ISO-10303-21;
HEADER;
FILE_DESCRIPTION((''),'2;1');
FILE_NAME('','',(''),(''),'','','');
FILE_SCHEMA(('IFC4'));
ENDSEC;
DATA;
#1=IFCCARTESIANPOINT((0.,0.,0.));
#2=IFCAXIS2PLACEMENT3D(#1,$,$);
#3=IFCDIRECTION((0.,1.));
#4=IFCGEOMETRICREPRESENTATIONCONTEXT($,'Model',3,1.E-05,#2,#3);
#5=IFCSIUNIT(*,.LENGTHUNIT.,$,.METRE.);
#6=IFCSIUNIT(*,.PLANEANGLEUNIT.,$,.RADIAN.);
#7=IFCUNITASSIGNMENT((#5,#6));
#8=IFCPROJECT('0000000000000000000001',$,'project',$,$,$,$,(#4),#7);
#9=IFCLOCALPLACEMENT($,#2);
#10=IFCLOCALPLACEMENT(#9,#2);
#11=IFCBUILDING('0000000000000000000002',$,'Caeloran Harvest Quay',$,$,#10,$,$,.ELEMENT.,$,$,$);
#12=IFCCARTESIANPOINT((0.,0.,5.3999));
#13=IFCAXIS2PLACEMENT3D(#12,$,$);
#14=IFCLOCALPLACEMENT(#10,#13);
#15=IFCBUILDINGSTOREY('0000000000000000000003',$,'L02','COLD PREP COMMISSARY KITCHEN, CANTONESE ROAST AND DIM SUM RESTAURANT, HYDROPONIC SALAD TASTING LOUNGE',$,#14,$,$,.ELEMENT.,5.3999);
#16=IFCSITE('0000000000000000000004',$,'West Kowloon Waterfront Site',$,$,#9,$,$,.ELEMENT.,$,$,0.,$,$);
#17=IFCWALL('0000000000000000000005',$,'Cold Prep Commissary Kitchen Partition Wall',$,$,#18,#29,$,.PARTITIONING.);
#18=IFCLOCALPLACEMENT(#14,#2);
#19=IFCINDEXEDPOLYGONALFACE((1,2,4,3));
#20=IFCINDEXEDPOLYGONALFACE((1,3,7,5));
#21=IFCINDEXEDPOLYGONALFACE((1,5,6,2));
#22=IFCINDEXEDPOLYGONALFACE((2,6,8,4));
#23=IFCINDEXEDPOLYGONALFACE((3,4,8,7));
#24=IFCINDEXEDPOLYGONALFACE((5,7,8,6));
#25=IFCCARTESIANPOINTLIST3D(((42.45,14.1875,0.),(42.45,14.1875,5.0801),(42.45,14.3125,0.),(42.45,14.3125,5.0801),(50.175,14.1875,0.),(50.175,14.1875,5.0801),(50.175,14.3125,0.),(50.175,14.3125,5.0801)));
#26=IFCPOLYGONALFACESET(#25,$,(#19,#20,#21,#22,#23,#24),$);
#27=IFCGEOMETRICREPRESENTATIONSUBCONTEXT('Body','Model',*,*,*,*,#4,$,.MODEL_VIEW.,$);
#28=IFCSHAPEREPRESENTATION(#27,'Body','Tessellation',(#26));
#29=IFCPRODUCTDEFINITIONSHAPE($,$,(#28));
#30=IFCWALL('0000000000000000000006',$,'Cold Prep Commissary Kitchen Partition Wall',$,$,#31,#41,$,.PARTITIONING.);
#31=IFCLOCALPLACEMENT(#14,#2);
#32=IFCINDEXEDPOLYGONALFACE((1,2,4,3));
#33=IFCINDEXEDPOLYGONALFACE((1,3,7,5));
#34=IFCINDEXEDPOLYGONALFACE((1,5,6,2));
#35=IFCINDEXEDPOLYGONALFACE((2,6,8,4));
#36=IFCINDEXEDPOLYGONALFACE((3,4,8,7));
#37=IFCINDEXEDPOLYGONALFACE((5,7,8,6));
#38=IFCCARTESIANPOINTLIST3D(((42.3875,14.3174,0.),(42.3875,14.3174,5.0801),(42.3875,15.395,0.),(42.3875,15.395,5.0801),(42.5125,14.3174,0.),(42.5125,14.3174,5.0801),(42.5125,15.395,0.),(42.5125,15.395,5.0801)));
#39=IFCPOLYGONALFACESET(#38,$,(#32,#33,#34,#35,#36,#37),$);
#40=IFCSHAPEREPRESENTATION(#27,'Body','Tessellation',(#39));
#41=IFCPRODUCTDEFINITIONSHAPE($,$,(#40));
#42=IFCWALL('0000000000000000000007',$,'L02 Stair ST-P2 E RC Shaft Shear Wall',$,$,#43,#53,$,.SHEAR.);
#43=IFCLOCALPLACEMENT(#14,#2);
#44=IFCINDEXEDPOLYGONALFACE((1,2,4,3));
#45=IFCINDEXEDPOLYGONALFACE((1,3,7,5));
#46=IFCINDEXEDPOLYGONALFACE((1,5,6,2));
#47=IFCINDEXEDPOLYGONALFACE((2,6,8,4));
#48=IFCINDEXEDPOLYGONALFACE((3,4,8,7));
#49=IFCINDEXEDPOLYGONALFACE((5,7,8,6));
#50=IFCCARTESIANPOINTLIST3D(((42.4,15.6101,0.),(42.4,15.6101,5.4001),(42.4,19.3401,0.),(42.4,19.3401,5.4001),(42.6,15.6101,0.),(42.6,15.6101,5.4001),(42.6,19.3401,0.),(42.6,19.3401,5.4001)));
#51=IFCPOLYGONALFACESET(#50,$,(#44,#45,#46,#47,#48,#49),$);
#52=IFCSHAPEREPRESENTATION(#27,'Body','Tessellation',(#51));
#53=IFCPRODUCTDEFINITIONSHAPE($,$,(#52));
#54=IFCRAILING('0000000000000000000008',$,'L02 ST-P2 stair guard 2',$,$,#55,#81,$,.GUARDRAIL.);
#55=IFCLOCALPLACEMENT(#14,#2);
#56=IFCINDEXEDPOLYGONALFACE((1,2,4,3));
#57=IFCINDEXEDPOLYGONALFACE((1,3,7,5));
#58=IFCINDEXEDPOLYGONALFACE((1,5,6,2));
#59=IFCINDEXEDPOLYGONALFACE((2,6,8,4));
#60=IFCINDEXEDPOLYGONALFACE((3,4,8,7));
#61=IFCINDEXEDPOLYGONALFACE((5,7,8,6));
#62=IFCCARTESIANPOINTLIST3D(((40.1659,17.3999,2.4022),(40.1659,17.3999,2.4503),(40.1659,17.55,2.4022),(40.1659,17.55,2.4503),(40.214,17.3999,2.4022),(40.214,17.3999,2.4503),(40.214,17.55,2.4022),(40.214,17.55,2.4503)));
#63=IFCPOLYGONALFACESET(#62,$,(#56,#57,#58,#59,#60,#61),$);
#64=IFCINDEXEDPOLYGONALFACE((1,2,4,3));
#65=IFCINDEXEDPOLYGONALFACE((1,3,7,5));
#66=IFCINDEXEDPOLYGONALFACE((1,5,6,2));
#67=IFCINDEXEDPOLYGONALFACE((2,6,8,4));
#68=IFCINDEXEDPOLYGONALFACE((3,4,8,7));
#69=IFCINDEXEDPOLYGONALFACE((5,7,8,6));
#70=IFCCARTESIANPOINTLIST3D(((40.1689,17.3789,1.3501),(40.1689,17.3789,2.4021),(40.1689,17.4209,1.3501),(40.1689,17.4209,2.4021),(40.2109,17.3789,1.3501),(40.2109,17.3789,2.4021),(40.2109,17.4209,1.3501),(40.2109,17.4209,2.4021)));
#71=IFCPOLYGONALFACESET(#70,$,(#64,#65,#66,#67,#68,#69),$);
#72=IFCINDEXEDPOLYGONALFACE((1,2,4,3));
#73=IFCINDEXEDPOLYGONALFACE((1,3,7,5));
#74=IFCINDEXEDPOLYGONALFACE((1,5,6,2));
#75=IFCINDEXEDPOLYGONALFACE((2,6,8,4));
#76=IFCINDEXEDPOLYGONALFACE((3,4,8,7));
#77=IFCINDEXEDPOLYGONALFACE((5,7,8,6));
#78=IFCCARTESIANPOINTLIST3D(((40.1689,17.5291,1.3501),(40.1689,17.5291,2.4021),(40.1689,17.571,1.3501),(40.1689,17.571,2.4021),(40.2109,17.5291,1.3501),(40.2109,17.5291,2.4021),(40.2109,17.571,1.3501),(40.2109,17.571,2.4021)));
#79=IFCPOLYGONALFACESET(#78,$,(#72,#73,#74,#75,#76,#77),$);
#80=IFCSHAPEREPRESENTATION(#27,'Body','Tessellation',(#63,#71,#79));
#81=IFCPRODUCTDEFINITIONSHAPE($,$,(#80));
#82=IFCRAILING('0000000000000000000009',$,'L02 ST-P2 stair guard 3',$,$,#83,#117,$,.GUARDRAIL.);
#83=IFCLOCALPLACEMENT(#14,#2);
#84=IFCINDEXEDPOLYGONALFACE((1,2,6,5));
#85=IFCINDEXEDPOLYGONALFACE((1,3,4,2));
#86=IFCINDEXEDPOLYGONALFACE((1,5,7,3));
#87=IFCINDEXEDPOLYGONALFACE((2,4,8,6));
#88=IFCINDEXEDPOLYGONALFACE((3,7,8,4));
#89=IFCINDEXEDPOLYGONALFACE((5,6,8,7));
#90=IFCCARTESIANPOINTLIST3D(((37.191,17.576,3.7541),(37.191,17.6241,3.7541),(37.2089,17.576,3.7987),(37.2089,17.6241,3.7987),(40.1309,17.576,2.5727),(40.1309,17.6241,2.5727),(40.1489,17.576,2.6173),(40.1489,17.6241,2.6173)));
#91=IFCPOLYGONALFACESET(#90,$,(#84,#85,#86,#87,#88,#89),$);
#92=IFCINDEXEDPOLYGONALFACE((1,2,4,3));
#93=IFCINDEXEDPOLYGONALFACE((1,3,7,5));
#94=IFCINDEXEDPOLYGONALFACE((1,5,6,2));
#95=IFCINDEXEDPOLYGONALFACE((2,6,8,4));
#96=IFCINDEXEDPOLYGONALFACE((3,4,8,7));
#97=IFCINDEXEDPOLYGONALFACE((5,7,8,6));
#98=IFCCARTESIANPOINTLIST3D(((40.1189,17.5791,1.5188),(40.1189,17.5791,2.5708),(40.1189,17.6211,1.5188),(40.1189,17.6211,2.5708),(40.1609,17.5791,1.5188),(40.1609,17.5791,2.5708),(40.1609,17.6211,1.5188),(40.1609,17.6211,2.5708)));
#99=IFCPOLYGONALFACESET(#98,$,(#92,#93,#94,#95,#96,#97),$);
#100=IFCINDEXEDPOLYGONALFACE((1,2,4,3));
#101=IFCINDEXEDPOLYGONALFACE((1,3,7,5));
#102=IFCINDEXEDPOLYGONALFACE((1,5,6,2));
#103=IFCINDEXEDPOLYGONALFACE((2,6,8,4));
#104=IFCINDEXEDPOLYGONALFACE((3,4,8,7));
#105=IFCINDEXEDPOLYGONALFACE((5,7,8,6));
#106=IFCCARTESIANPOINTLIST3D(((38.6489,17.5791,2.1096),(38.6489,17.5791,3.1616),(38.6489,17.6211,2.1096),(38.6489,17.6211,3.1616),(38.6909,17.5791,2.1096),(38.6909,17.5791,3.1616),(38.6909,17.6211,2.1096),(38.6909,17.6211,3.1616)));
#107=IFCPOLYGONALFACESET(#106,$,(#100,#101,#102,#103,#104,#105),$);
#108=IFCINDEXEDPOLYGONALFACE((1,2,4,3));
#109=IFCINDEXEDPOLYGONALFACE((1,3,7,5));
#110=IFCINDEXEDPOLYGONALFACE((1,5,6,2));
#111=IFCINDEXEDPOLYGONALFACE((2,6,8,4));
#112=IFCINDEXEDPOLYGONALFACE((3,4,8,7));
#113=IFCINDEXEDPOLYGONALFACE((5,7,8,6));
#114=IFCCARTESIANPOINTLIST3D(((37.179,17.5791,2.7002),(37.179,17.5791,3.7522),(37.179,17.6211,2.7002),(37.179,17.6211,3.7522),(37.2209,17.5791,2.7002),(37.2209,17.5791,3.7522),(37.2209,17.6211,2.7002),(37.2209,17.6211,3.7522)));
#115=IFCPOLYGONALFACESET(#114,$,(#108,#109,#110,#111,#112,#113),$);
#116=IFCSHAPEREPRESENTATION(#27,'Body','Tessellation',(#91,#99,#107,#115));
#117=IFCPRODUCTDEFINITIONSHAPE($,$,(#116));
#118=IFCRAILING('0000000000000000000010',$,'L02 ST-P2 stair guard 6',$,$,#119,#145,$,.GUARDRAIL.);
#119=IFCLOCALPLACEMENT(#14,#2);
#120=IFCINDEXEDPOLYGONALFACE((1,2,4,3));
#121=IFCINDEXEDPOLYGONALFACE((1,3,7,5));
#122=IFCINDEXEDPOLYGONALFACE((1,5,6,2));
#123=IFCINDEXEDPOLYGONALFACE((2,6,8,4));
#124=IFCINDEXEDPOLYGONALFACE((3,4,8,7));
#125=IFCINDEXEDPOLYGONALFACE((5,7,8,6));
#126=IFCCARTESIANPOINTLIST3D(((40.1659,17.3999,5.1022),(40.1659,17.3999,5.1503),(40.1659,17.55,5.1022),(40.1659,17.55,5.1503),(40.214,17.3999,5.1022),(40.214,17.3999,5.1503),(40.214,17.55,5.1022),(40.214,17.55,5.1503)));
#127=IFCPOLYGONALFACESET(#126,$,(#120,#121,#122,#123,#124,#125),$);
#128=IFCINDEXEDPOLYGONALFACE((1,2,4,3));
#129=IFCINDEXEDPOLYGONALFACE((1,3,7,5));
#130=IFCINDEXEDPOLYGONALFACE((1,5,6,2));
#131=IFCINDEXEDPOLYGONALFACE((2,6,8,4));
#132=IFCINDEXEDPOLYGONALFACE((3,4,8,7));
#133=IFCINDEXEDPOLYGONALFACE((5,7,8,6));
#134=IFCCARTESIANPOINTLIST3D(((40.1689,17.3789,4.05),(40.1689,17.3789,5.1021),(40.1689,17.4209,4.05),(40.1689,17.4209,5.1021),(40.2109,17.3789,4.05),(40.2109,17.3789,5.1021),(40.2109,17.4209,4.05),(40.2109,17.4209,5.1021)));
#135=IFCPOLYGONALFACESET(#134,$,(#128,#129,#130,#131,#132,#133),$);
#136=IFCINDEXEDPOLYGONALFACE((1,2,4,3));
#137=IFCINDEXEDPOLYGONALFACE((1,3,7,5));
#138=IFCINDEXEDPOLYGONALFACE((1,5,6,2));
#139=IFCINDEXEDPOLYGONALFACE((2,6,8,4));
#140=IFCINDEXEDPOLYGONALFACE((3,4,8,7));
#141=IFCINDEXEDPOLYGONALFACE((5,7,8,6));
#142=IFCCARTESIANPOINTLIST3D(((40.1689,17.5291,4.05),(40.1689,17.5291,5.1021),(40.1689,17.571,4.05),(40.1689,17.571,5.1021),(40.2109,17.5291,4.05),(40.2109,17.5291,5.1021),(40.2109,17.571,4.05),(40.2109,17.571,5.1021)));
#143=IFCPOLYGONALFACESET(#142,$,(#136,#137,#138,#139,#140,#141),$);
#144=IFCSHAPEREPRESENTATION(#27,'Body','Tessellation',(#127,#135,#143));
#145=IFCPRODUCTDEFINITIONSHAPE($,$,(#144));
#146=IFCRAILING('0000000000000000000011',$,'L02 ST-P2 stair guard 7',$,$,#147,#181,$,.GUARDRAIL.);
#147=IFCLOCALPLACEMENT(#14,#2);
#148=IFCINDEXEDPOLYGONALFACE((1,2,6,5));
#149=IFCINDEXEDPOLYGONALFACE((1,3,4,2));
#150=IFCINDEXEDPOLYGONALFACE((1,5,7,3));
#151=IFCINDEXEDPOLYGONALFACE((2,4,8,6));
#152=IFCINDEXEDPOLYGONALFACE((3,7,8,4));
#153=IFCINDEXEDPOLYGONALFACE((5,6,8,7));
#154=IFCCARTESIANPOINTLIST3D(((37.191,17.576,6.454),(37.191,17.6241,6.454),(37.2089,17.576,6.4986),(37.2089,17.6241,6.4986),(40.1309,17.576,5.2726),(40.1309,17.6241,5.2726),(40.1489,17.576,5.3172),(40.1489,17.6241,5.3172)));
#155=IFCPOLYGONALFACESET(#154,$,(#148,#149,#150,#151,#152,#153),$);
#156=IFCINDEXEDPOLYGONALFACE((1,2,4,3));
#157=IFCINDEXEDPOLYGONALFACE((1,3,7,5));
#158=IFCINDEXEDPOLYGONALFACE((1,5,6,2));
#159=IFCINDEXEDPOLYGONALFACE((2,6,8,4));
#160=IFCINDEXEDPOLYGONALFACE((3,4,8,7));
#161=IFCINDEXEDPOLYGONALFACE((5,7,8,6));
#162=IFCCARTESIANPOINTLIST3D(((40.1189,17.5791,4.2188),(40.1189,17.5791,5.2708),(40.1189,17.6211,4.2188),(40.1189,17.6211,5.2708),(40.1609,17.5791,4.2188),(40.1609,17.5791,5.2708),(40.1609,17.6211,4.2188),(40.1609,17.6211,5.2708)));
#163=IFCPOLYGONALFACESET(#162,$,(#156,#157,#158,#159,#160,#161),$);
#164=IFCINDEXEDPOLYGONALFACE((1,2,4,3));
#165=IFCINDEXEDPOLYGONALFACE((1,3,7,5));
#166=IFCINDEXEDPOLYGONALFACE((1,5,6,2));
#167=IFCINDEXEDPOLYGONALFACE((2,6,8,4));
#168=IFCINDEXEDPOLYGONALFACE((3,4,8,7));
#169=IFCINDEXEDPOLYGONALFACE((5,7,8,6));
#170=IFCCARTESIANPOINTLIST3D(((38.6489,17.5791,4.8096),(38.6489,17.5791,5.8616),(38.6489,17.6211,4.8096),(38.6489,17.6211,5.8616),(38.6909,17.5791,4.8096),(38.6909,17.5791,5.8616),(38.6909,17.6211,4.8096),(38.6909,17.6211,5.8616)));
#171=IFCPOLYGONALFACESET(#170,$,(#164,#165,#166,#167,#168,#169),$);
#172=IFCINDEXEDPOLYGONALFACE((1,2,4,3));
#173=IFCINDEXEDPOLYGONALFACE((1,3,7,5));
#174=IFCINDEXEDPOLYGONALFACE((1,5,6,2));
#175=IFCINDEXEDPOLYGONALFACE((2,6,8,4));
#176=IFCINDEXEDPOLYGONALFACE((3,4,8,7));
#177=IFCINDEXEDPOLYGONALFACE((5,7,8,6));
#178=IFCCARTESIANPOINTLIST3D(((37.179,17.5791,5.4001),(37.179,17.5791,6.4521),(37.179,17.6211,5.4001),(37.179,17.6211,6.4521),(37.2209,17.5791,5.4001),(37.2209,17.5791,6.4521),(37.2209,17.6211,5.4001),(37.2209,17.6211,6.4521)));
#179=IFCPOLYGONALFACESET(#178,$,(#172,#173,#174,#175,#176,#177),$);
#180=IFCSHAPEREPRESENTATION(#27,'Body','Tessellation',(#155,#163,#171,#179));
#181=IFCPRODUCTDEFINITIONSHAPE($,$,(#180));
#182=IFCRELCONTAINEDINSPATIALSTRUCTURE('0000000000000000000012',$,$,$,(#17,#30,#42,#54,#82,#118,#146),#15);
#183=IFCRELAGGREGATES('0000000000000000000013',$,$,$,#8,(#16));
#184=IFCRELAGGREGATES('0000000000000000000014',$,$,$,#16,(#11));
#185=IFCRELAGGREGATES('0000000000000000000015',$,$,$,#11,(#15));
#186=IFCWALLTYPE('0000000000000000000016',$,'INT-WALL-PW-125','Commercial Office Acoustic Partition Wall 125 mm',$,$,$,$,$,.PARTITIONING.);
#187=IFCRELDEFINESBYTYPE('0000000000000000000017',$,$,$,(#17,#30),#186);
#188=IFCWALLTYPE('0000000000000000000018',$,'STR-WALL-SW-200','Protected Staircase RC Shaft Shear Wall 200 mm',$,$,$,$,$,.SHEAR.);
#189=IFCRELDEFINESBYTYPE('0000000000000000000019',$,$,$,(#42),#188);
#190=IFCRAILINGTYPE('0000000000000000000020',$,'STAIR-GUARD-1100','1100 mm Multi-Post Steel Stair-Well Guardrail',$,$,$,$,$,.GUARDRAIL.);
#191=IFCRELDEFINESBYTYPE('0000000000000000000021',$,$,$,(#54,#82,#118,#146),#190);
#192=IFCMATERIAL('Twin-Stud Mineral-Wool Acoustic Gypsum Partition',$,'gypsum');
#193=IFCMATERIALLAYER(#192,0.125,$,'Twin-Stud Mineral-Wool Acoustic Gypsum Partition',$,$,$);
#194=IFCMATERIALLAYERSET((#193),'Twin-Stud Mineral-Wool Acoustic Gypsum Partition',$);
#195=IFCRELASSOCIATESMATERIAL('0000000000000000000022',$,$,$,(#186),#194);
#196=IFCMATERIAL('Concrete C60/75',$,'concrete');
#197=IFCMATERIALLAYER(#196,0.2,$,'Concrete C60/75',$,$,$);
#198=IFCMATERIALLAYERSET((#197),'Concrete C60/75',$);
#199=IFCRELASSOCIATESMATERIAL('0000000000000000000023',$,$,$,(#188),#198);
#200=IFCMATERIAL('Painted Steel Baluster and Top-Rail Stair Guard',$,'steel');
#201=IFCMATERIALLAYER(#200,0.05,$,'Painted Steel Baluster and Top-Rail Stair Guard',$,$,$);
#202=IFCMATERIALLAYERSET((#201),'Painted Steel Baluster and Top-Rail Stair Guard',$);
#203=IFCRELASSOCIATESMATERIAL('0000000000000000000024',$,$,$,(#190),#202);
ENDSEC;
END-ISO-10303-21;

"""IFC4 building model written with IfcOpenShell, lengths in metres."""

from ifc_helpers import new_model, si_unit, direction, frame, frame_2d, origin, origin_2d, place, context, subcontext, project, spatial, rectangle, extrude, material, layer, layer_set, type_object, element, save


model = new_model("IFC4")

# Units and contexts
model_context = context("Model", 3, precision=1e-05, world=origin(), true_north=direction((0.0, 1.0)))
body_context = subcontext(model_context, "Body", "Model", "MODEL_VIEW")
ifc_project = project(units=[si_unit("LENGTHUNIT", "METRE"), si_unit("PLANEANGLEUNIT", "RADIAN")], contexts=[model_context])

# Site, building, storey
site_placement = place(None, origin())
site = spatial("IfcSite", under=ifc_project, at=site_placement, Name="West Kowloon Waterfront Site", CompositionType="ELEMENT", RefElevation=0.0)
building_placement = place(site_placement, origin())
building = spatial("IfcBuilding", under=site, at=building_placement, Name="Caeloran Harvest Quay", CompositionType="ELEMENT")
storey_placement = place(building_placement, frame((0.0, 0.0, 5.3999)))
storey = spatial("IfcBuildingStorey", under=building, at=storey_placement, Name="L02", Description="COLD PREP COMMISSARY KITCHEN, CANTONESE ROAST AND DIM SUM RESTAURANT, HYDROPONIC SALAD TASTING LOUNGE", CompositionType="ELEMENT", Elevation=5.3999)

# Walls
ifc_material_1 = material(Name="Twin-Stud Mineral-Wool Acoustic Gypsum Partition", Category="gypsum")
ifc_layer_1 = layer(ifc_material_1, 0.125, Name="Twin-Stud Mineral-Wool Acoustic Gypsum Partition")
ifc_layer_set_1 = layer_set([ifc_layer_1], Name="Twin-Stud Mineral-Wool Acoustic Gypsum Partition")
wall_type_1 = type_object("IfcWallType", Name="INT-WALL-PW-125", Description="Commercial Office Acoustic Partition Wall 125 mm", PredefinedType="PARTITIONING", material=ifc_layer_set_1)
wall_1_placement = place(storey_placement, frame((50.175, 14.25, 0.0), z_axis=(0.0, 0.0, 1.0), x_axis=(-1.0, 0.0, 0.0)))
element("IfcWall", 1, at=wall_1_placement, inside=storey, type_object=wall_type_1, Name="Cold Prep Commissary Kitchen Partition Wall", PredefinedType="PARTITIONING", context=body_context, shape_type="SweptSolid", body=[
    extrude(rectangle(XDim=7.7251, YDim=0.125, at=frame_2d((3.8625, 0.0))), origin(), (0.0, 0.0, 1.0), 5.0801),
])
wall_2_placement = place(storey_placement, frame((42.45, 14.3174, 0.0), z_axis=(0.0, 0.0, 1.0), x_axis=(0.0, 1.0, 0.0)))
element("IfcWall", 2, at=wall_2_placement, inside=storey, type_object=wall_type_1, Name="Cold Prep Commissary Kitchen Partition Wall", PredefinedType="PARTITIONING", context=body_context, shape_type="SweptSolid", body=[
    extrude(rectangle(XDim=1.0776, YDim=0.125, at=frame_2d((0.5388, 0.0))), origin(), (0.0, 0.0, 1.0), 5.0801),
])
ifc_material_2 = material(Name="Concrete C60/75", Category="concrete")
ifc_layer_2 = layer(ifc_material_2, 0.2, Name="Concrete C60/75")
ifc_layer_set_2 = layer_set([ifc_layer_2], Name="Concrete C60/75")
wall_type_2 = type_object("IfcWallType", Name="STR-WALL-SW-200", Description="Protected Staircase RC Shaft Shear Wall 200 mm", PredefinedType="SHEAR", material=ifc_layer_set_2)
wall_3_placement = place(storey_placement, frame((42.5, 15.6101, 0.0), z_axis=(0.0, 0.0, 1.0), x_axis=(0.0, 1.0, 0.0)))
element("IfcWall", 3, at=wall_3_placement, inside=storey, type_object=wall_type_2, Name="L02 Stair ST-P2 E RC Shaft Shear Wall", PredefinedType="SHEAR", context=body_context, shape_type="SweptSolid", body=[
    extrude(rectangle(XDim=3.73, YDim=0.2, at=frame_2d((1.865, 0.0))), origin(), (0.0, 0.0, 1.0), 5.4001),
])

# Railings
ifc_material_3 = material(Name="Painted Steel Baluster and Top-Rail Stair Guard", Category="steel")
ifc_layer_3 = layer(ifc_material_3, 0.05, Name="Painted Steel Baluster and Top-Rail Stair Guard")
ifc_layer_set_3 = layer_set([ifc_layer_3], Name="Painted Steel Baluster and Top-Rail Stair Guard")
railing_type_1 = type_object("IfcRailingType", Name="STAIR-GUARD-1100", Description="1100 mm Multi-Post Steel Stair-Well Guardrail", PredefinedType="GUARDRAIL", material=ifc_layer_set_3)
railing_1_placement = place(storey_placement, frame((40.1899, 17.3999, 1.3501)))
element("IfcRailing", 4, at=railing_1_placement, inside=storey, type_object=railing_type_1, Name="L02 ST-P2 stair guard 2", PredefinedType="GUARDRAIL", context=body_context, shape_type="SweptSolid", body=[
    extrude(rectangle(XDim=0.0481, YDim=0.0481, at=origin_2d()), frame((0.0, 0.0, 1.0762), z_axis=(0.0, 1.0, 0.0), x_axis=(-1.0, 0.0, 0.0)), (0.0, 0.0, 1.0), 0.1501),
    extrude(rectangle(XDim=0.042, YDim=0.042, at=origin_2d()), origin(), (0.0, 0.0, 1.0), 1.052),
    extrude(rectangle(XDim=0.042, YDim=0.042, at=origin_2d()), frame((0.0, 0.1501, 0.0)), (0.0, 0.0, 1.0), 1.052),
])
railing_2_placement = place(storey_placement, frame((40.1399, 17.6001, 1.5188)))
element("IfcRailing", 5, at=railing_2_placement, inside=storey, type_object=railing_type_1, Name="L02 ST-P2 stair guard 3", PredefinedType="GUARDRAIL", context=body_context, shape_type="SweptSolid", body=[
    extrude(rectangle(XDim=0.0481, YDim=0.0481, at=origin_2d()), frame((0.0, 0.0, 1.0762), z_axis=(-0.927886, 0.0, 0.372865), x_axis=(0.0, -1.0, 0.0)), (0.0, 0.0, 1.0), 3.1685),
    extrude(rectangle(XDim=0.042, YDim=0.042, at=origin_2d()), origin(), (0.0, 0.0, 1.0), 1.052),
    extrude(rectangle(XDim=0.042, YDim=0.042, at=origin_2d()), frame((-1.47, 0.0, 0.5908)), (0.0, 0.0, 1.0), 1.052),
    extrude(rectangle(XDim=0.042, YDim=0.042, at=origin_2d()), frame((-2.9399, 0.0, 1.1814)), (0.0, 0.0, 1.0), 1.052),
])
railing_3_placement = place(storey_placement, frame((40.1899, 17.3999, 4.05)))
element("IfcRailing", 6, at=railing_3_placement, inside=storey, type_object=railing_type_1, Name="L02 ST-P2 stair guard 6", PredefinedType="GUARDRAIL", context=body_context, shape_type="SweptSolid", body=[
    extrude(rectangle(XDim=0.0481, YDim=0.0481, at=origin_2d()), frame((0.0, 0.0, 1.0762), z_axis=(0.0, 1.0, 0.0), x_axis=(-1.0, 0.0, 0.0)), (0.0, 0.0, 1.0), 0.1501),
    extrude(rectangle(XDim=0.042, YDim=0.042, at=origin_2d()), origin(), (0.0, 0.0, 1.0), 1.052),
    extrude(rectangle(XDim=0.042, YDim=0.042, at=origin_2d()), frame((0.0, 0.1501, 0.0)), (0.0, 0.0, 1.0), 1.052),
])
railing_4_placement = place(storey_placement, frame((40.1399, 17.6001, 4.2188)))
element("IfcRailing", 7, at=railing_4_placement, inside=storey, type_object=railing_type_1, Name="L02 ST-P2 stair guard 7", PredefinedType="GUARDRAIL", context=body_context, shape_type="SweptSolid", body=[
    extrude(rectangle(XDim=0.0481, YDim=0.0481, at=origin_2d()), frame((0.0, 0.0, 1.0762), z_axis=(-0.927886, 0.0, 0.372865), x_axis=(0.0, -1.0, 0.0)), (0.0, 0.0, 1.0), 3.1685),
    extrude(rectangle(XDim=0.042, YDim=0.042, at=origin_2d()), origin(), (0.0, 0.0, 1.0), 1.052),
    extrude(rectangle(XDim=0.042, YDim=0.042, at=origin_2d()), frame((-1.47, 0.0, 0.5908)), (0.0, 0.0, 1.0), 1.052),
    extrude(rectangle(XDim=0.042, YDim=0.042, at=origin_2d()), frame((-2.9399, 0.0, 1.1814)), (0.0, 0.0, 1.0), 1.052),
])

save(model, "model.ifc")
